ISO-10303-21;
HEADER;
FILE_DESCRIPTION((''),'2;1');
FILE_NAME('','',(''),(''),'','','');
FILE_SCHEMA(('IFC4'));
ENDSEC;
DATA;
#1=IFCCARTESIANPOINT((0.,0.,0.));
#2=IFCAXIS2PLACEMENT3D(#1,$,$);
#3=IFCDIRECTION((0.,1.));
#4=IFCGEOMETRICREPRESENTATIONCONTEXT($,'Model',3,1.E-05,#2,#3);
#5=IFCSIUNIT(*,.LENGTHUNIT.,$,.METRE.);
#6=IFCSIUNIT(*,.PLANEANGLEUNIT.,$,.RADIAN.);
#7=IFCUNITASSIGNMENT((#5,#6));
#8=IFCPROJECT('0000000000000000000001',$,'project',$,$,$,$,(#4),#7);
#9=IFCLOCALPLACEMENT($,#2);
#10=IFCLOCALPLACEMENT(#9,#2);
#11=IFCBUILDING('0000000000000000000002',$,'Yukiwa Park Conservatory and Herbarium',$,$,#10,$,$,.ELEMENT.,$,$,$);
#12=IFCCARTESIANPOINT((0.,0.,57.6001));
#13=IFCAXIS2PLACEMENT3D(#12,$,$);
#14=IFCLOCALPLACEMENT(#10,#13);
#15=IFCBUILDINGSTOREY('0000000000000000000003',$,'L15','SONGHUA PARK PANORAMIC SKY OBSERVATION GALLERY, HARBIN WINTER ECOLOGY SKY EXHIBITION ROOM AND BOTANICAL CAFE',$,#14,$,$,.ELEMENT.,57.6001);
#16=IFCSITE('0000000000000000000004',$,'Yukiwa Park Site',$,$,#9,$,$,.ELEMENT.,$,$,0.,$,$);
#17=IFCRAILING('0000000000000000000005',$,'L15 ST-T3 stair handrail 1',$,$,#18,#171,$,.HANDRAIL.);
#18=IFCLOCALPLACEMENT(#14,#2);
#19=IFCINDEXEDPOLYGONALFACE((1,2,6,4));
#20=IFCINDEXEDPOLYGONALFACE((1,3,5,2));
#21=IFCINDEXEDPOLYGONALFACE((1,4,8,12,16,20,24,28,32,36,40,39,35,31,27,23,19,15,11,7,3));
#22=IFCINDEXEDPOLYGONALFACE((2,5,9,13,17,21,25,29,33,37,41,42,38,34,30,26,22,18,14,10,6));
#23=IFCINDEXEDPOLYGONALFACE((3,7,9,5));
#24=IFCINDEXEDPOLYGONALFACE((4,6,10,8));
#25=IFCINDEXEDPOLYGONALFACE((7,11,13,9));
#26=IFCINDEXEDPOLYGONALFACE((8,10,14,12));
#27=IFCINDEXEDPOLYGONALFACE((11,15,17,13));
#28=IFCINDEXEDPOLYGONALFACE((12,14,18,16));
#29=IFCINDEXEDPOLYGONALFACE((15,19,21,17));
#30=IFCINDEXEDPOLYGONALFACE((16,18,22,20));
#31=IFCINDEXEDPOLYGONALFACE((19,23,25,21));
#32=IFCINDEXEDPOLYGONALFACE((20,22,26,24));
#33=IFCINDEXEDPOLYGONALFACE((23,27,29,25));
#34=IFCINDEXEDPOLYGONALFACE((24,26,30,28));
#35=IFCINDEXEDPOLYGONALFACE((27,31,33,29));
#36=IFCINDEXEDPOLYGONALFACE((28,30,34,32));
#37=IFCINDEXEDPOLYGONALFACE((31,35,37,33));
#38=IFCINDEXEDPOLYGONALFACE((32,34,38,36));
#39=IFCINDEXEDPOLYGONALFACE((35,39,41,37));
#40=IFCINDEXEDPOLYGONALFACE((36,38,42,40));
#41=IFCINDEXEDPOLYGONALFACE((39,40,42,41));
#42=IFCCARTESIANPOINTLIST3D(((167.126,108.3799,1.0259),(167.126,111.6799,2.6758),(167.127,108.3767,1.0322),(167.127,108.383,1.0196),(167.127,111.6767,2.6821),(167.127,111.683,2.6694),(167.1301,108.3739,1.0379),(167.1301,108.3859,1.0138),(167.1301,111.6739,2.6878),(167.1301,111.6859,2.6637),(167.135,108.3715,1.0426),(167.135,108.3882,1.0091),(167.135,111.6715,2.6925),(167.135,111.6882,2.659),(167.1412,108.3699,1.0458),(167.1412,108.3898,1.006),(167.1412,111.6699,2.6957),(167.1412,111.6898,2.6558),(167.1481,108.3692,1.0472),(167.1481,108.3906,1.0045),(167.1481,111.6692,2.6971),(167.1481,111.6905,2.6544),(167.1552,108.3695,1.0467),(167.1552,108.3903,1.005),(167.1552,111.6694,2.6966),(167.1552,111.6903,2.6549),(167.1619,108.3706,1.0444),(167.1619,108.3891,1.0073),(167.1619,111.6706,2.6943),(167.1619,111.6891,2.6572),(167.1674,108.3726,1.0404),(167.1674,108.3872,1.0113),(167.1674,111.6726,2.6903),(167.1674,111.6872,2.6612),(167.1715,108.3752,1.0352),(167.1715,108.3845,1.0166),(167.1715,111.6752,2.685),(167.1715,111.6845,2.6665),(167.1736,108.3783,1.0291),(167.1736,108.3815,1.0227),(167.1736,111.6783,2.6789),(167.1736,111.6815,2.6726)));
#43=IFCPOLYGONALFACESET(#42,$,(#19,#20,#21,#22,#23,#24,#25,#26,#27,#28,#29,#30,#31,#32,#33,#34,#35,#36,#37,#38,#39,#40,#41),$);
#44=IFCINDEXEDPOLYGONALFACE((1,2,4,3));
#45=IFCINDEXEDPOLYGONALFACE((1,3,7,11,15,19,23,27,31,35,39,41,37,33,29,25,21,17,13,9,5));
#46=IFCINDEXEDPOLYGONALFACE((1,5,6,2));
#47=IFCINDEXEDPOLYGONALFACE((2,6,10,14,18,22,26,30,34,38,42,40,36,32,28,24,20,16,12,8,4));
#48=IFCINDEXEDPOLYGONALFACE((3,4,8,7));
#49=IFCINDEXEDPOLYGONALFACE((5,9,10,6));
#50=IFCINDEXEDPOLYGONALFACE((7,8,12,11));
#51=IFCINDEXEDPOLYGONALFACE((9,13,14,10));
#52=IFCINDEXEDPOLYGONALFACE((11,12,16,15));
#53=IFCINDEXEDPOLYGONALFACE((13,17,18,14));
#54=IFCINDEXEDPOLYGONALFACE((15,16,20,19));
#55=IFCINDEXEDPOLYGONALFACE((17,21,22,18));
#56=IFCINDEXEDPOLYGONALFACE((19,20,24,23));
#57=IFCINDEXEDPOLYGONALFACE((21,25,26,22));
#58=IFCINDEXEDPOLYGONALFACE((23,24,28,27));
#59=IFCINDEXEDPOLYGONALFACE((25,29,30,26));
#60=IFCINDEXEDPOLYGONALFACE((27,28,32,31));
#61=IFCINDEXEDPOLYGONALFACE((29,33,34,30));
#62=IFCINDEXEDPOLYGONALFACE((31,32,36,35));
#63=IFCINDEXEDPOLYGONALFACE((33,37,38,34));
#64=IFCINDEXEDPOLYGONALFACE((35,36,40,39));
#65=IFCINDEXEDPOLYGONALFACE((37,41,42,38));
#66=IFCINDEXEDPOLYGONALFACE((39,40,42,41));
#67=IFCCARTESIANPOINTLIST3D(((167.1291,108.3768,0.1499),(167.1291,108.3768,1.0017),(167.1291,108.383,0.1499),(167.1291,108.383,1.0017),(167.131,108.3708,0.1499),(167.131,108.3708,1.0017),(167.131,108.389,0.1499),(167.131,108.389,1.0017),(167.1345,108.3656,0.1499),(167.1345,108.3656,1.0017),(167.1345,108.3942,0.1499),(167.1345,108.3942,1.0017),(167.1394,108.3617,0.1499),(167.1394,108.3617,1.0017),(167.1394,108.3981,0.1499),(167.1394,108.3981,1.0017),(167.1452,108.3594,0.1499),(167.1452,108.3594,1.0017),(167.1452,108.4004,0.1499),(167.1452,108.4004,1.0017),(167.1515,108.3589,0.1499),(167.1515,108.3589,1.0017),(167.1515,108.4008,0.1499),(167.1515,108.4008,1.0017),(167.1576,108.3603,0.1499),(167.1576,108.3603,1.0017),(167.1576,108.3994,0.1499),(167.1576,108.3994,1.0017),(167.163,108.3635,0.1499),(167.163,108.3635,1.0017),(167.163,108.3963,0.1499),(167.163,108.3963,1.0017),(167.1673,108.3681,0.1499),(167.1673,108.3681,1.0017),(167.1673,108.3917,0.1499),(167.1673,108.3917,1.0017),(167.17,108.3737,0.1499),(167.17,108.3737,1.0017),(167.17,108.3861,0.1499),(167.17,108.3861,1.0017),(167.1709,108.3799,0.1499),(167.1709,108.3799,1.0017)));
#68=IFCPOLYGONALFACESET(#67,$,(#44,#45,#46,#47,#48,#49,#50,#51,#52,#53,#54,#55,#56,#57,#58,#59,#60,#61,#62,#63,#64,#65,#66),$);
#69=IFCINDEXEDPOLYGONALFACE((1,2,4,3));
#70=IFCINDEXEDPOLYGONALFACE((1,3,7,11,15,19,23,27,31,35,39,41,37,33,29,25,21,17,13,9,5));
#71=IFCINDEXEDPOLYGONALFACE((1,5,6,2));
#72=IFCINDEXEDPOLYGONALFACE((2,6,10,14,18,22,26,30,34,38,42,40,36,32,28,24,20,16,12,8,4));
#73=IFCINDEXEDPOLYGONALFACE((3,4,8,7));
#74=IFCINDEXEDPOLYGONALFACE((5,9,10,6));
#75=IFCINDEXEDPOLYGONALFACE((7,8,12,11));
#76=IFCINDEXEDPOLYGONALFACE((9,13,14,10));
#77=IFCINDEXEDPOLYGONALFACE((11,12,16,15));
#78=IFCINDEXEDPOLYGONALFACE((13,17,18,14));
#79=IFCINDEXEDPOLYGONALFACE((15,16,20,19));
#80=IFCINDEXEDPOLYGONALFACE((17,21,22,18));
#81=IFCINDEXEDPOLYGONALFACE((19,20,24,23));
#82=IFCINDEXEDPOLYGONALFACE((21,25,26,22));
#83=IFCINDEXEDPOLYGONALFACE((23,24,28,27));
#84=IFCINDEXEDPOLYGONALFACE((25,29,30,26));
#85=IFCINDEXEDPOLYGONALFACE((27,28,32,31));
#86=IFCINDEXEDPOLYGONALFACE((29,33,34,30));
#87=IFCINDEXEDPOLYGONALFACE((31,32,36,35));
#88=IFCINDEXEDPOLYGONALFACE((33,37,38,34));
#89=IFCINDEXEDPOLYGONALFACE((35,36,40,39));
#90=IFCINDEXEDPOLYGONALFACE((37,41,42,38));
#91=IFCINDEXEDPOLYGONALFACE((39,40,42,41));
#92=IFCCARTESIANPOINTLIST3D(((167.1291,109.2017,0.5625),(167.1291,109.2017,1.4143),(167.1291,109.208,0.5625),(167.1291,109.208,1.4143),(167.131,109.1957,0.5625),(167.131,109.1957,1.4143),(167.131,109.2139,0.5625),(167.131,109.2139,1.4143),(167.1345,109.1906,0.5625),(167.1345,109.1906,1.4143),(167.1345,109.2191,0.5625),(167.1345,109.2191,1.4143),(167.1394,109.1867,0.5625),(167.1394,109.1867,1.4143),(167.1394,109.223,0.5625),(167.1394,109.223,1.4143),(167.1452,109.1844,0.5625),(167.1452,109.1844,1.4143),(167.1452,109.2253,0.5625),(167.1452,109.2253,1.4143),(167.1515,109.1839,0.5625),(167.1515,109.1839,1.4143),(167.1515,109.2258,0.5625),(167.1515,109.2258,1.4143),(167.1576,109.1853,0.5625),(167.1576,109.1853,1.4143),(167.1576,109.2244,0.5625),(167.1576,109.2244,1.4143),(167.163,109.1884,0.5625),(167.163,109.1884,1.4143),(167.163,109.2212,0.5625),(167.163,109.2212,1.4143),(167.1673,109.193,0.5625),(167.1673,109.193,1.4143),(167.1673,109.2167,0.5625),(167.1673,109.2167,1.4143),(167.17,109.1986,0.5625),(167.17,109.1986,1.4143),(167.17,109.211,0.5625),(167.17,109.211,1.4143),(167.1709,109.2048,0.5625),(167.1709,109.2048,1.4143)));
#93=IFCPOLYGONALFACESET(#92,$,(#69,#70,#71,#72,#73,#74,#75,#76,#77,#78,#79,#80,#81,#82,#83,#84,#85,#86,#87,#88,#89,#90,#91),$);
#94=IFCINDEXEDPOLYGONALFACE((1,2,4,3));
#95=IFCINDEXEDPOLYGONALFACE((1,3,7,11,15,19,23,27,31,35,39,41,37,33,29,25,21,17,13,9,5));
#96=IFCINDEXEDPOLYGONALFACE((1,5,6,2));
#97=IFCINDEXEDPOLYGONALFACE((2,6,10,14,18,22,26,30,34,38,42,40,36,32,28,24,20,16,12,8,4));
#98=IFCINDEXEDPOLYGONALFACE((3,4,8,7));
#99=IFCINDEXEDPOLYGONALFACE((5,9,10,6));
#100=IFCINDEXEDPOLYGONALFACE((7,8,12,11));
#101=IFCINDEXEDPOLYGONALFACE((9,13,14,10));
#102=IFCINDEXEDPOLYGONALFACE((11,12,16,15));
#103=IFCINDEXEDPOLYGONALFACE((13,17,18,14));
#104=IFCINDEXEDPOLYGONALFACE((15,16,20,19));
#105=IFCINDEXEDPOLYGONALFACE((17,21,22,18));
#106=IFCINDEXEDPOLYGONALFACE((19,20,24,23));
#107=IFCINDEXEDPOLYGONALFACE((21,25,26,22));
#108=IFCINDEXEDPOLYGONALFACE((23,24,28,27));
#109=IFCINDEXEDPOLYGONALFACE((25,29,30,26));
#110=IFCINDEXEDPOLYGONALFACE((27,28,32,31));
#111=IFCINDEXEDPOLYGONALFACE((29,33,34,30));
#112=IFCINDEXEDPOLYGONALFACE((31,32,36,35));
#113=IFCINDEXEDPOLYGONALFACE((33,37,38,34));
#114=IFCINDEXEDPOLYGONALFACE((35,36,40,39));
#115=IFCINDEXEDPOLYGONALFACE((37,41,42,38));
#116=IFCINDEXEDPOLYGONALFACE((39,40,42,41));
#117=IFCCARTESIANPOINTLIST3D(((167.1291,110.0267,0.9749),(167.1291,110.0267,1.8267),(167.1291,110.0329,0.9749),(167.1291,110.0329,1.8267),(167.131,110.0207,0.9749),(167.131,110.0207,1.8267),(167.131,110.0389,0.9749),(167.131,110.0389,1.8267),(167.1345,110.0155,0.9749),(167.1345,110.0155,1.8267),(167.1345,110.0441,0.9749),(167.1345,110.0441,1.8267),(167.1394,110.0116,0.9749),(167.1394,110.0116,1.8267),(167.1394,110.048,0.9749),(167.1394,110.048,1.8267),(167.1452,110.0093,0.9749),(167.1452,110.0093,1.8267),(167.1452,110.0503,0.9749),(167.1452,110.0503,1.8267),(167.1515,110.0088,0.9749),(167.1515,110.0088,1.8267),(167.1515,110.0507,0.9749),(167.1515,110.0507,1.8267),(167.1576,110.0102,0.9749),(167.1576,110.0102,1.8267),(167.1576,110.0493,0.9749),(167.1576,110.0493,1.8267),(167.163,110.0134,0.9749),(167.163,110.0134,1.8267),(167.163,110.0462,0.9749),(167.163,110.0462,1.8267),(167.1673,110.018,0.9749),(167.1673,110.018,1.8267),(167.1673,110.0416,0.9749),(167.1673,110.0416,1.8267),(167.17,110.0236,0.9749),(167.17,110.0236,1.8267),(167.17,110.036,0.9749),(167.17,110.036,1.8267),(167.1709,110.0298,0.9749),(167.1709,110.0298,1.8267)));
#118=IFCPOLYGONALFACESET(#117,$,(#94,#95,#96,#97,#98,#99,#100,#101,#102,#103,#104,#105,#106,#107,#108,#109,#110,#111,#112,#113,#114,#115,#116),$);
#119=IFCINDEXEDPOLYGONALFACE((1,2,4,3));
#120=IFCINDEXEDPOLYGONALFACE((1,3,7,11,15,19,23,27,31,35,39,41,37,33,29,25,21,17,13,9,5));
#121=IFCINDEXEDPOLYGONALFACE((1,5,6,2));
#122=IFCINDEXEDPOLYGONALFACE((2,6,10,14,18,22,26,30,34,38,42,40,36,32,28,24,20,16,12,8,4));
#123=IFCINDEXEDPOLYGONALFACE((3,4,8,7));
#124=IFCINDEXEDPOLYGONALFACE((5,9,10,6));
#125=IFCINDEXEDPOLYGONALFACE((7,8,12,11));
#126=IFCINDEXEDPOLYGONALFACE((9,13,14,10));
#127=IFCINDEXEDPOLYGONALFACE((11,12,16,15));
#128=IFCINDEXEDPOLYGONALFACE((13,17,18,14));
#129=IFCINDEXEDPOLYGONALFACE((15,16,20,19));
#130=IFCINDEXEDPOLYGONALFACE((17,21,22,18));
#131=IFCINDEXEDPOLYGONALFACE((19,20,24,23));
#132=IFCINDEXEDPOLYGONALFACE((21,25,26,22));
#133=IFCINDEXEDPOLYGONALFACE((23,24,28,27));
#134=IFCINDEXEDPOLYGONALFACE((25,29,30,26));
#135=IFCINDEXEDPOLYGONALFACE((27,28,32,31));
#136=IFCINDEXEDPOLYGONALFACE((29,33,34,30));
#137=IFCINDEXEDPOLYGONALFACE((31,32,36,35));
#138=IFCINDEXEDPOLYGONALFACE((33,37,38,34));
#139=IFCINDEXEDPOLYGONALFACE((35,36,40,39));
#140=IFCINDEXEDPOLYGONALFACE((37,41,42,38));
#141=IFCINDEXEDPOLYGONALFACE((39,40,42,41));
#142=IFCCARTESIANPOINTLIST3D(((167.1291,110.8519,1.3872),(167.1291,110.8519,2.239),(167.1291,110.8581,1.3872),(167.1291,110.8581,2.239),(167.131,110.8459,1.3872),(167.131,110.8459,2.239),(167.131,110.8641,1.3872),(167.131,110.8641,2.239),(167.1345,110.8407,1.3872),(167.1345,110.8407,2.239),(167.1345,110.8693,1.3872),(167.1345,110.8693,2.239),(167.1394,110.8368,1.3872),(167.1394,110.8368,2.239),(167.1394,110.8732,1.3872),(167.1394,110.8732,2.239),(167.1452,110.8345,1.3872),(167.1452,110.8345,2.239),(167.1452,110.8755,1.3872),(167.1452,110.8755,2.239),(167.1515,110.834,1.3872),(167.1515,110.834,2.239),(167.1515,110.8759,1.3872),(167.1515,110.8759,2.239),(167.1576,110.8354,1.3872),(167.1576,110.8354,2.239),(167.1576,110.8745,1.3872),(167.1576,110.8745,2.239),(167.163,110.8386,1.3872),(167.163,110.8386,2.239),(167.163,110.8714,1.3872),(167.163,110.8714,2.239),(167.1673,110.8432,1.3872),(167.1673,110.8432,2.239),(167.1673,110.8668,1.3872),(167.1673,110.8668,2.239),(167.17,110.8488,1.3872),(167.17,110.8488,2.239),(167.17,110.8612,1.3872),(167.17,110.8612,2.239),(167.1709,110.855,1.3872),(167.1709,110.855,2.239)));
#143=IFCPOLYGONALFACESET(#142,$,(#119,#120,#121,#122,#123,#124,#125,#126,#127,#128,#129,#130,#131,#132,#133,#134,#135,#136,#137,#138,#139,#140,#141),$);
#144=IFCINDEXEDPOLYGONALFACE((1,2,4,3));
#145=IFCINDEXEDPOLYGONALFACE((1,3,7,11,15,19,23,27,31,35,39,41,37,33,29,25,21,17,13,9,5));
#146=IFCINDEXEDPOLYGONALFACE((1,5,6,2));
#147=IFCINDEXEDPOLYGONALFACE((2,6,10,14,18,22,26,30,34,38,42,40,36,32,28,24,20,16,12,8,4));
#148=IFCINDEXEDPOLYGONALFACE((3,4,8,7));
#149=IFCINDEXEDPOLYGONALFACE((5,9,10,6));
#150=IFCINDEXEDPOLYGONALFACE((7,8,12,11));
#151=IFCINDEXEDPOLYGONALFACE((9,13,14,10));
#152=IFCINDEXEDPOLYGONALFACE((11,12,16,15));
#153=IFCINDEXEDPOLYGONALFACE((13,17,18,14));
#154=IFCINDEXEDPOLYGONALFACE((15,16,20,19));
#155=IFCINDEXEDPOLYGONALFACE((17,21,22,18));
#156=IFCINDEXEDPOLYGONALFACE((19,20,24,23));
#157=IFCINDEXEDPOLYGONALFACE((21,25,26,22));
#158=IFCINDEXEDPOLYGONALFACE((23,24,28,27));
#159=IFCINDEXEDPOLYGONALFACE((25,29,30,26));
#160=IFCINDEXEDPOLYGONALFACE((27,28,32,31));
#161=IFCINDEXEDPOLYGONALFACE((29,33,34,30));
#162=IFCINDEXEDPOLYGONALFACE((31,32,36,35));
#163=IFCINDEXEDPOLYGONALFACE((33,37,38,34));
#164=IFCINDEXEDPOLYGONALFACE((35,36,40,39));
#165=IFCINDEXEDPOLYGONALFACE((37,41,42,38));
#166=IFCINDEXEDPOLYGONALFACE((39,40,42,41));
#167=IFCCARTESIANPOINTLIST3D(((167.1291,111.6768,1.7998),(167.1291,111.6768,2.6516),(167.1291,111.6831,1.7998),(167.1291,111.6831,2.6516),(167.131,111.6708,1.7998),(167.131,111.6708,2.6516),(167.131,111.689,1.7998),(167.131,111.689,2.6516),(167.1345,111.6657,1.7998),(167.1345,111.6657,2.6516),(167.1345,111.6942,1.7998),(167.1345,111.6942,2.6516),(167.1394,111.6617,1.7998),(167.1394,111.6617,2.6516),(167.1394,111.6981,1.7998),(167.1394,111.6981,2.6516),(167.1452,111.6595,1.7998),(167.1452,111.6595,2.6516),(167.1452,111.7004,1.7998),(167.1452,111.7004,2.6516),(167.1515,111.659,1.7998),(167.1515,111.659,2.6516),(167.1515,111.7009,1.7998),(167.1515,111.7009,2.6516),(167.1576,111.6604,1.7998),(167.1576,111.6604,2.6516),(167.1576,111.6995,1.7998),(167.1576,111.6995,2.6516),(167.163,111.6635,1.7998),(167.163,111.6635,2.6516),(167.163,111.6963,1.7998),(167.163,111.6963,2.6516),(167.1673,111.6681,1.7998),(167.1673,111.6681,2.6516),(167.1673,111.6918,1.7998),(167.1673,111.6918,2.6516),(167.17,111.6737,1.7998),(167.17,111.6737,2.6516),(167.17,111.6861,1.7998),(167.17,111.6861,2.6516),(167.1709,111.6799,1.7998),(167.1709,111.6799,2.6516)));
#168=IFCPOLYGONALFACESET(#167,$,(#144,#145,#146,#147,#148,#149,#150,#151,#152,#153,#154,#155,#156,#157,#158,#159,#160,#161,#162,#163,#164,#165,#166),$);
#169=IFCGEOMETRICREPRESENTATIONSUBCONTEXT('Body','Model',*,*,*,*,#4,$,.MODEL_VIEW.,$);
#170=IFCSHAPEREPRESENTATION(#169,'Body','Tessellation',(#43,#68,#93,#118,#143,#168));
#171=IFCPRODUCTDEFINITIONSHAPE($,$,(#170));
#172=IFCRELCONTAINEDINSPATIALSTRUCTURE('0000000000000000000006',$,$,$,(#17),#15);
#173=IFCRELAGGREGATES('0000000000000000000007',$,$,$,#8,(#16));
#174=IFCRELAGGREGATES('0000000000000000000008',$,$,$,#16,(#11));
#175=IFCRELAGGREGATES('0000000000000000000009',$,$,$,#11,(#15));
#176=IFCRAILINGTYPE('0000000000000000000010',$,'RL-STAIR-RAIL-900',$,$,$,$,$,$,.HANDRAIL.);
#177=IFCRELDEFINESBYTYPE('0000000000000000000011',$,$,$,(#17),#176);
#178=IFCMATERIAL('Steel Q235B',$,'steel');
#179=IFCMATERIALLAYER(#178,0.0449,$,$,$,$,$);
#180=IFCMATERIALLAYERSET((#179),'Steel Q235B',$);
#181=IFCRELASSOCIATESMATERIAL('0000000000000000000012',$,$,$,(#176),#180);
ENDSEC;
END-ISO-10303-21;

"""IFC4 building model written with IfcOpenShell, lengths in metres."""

from ifc_helpers import new_model, si_unit, direction, frame, origin, origin_2d, place, context, subcontext, project, spatial, circle, extrude, material, layer, layer_set, type_object, element, save


model = new_model("IFC4")

# Units and contexts
model_context = context("Model", 3, precision=1e-05, world=origin(), true_north=direction((0.0, 1.0)))
body_context = subcontext(model_context, "Body", "Model", "MODEL_VIEW")
ifc_project = project(units=[si_unit("LENGTHUNIT", "METRE"), si_unit("PLANEANGLEUNIT", "RADIAN")], contexts=[model_context])

# Site, building, storey
site_placement = place(None, origin())
site = spatial("IfcSite", under=ifc_project, at=site_placement, Name="Yukiwa Park Site", CompositionType="ELEMENT", RefElevation=0.0)
building_placement = place(site_placement, origin())
building = spatial("IfcBuilding", under=site, at=building_placement, Name="Yukiwa Park Conservatory and Herbarium", CompositionType="ELEMENT")
storey_placement = place(building_placement, frame((0.0, 0.0, 57.6001)))
storey = spatial("IfcBuildingStorey", under=building, at=storey_placement, Name="L15", Description="SONGHUA PARK PANORAMIC SKY OBSERVATION GALLERY, HARBIN WINTER ECOLOGY SKY EXHIBITION ROOM AND BOTANICAL CAFE", CompositionType="ELEMENT", Elevation=57.6001)

# Railing
ifc_material_1 = material(Name="Steel Q235B", Category="steel")
ifc_layer_1 = layer(ifc_material_1, 0.0449)
ifc_layer_set_1 = layer_set([ifc_layer_1], Name="Steel Q235B")
railing_type_1 = type_object("IfcRailingType", Name="RL-STAIR-RAIL-900", PredefinedType="HANDRAIL", material=ifc_layer_set_1)
railing_1_placement = place(storey_placement, frame((167.1499, 108.3799, 0.1499)))
element("IfcRailing", 1, at=railing_1_placement, inside=storey, type_object=railing_type_1, Name="L15 ST-T3 stair handrail 1", PredefinedType="HANDRAIL", context=body_context, shape_type="SweptSolid", body=[
    extrude(circle(Radius=0.0239, at=origin_2d()), frame((0.0, 0.0, 0.876), z_axis=(0.0, 0.89444, 0.447187), x_axis=(-1.0, 0.0, 0.0)), (0.0, 0.0, 1.0), 3.6895),
    extrude(circle(Radius=0.021, at=origin_2d()), origin(), (0.0, 0.0, 1.0), 0.8518),
    extrude(circle(Radius=0.021, at=origin_2d()), frame((0.0, 0.825, 0.4126)), (0.0, 0.0, 1.0), 0.8518),
    extrude(circle(Radius=0.021, at=origin_2d()), frame((0.0, 1.6499, 0.825)), (0.0, 0.0, 1.0), 0.8518),
    extrude(circle(Radius=0.021, at=origin_2d()), frame((0.0, 2.4751, 1.2373)), (0.0, 0.0, 1.0), 0.8518),
    extrude(circle(Radius=0.021, at=origin_2d()), frame((0.0, 3.3, 1.6499)), (0.0, 0.0, 1.0), 0.8518),
])

save(model, "model.ifc")
